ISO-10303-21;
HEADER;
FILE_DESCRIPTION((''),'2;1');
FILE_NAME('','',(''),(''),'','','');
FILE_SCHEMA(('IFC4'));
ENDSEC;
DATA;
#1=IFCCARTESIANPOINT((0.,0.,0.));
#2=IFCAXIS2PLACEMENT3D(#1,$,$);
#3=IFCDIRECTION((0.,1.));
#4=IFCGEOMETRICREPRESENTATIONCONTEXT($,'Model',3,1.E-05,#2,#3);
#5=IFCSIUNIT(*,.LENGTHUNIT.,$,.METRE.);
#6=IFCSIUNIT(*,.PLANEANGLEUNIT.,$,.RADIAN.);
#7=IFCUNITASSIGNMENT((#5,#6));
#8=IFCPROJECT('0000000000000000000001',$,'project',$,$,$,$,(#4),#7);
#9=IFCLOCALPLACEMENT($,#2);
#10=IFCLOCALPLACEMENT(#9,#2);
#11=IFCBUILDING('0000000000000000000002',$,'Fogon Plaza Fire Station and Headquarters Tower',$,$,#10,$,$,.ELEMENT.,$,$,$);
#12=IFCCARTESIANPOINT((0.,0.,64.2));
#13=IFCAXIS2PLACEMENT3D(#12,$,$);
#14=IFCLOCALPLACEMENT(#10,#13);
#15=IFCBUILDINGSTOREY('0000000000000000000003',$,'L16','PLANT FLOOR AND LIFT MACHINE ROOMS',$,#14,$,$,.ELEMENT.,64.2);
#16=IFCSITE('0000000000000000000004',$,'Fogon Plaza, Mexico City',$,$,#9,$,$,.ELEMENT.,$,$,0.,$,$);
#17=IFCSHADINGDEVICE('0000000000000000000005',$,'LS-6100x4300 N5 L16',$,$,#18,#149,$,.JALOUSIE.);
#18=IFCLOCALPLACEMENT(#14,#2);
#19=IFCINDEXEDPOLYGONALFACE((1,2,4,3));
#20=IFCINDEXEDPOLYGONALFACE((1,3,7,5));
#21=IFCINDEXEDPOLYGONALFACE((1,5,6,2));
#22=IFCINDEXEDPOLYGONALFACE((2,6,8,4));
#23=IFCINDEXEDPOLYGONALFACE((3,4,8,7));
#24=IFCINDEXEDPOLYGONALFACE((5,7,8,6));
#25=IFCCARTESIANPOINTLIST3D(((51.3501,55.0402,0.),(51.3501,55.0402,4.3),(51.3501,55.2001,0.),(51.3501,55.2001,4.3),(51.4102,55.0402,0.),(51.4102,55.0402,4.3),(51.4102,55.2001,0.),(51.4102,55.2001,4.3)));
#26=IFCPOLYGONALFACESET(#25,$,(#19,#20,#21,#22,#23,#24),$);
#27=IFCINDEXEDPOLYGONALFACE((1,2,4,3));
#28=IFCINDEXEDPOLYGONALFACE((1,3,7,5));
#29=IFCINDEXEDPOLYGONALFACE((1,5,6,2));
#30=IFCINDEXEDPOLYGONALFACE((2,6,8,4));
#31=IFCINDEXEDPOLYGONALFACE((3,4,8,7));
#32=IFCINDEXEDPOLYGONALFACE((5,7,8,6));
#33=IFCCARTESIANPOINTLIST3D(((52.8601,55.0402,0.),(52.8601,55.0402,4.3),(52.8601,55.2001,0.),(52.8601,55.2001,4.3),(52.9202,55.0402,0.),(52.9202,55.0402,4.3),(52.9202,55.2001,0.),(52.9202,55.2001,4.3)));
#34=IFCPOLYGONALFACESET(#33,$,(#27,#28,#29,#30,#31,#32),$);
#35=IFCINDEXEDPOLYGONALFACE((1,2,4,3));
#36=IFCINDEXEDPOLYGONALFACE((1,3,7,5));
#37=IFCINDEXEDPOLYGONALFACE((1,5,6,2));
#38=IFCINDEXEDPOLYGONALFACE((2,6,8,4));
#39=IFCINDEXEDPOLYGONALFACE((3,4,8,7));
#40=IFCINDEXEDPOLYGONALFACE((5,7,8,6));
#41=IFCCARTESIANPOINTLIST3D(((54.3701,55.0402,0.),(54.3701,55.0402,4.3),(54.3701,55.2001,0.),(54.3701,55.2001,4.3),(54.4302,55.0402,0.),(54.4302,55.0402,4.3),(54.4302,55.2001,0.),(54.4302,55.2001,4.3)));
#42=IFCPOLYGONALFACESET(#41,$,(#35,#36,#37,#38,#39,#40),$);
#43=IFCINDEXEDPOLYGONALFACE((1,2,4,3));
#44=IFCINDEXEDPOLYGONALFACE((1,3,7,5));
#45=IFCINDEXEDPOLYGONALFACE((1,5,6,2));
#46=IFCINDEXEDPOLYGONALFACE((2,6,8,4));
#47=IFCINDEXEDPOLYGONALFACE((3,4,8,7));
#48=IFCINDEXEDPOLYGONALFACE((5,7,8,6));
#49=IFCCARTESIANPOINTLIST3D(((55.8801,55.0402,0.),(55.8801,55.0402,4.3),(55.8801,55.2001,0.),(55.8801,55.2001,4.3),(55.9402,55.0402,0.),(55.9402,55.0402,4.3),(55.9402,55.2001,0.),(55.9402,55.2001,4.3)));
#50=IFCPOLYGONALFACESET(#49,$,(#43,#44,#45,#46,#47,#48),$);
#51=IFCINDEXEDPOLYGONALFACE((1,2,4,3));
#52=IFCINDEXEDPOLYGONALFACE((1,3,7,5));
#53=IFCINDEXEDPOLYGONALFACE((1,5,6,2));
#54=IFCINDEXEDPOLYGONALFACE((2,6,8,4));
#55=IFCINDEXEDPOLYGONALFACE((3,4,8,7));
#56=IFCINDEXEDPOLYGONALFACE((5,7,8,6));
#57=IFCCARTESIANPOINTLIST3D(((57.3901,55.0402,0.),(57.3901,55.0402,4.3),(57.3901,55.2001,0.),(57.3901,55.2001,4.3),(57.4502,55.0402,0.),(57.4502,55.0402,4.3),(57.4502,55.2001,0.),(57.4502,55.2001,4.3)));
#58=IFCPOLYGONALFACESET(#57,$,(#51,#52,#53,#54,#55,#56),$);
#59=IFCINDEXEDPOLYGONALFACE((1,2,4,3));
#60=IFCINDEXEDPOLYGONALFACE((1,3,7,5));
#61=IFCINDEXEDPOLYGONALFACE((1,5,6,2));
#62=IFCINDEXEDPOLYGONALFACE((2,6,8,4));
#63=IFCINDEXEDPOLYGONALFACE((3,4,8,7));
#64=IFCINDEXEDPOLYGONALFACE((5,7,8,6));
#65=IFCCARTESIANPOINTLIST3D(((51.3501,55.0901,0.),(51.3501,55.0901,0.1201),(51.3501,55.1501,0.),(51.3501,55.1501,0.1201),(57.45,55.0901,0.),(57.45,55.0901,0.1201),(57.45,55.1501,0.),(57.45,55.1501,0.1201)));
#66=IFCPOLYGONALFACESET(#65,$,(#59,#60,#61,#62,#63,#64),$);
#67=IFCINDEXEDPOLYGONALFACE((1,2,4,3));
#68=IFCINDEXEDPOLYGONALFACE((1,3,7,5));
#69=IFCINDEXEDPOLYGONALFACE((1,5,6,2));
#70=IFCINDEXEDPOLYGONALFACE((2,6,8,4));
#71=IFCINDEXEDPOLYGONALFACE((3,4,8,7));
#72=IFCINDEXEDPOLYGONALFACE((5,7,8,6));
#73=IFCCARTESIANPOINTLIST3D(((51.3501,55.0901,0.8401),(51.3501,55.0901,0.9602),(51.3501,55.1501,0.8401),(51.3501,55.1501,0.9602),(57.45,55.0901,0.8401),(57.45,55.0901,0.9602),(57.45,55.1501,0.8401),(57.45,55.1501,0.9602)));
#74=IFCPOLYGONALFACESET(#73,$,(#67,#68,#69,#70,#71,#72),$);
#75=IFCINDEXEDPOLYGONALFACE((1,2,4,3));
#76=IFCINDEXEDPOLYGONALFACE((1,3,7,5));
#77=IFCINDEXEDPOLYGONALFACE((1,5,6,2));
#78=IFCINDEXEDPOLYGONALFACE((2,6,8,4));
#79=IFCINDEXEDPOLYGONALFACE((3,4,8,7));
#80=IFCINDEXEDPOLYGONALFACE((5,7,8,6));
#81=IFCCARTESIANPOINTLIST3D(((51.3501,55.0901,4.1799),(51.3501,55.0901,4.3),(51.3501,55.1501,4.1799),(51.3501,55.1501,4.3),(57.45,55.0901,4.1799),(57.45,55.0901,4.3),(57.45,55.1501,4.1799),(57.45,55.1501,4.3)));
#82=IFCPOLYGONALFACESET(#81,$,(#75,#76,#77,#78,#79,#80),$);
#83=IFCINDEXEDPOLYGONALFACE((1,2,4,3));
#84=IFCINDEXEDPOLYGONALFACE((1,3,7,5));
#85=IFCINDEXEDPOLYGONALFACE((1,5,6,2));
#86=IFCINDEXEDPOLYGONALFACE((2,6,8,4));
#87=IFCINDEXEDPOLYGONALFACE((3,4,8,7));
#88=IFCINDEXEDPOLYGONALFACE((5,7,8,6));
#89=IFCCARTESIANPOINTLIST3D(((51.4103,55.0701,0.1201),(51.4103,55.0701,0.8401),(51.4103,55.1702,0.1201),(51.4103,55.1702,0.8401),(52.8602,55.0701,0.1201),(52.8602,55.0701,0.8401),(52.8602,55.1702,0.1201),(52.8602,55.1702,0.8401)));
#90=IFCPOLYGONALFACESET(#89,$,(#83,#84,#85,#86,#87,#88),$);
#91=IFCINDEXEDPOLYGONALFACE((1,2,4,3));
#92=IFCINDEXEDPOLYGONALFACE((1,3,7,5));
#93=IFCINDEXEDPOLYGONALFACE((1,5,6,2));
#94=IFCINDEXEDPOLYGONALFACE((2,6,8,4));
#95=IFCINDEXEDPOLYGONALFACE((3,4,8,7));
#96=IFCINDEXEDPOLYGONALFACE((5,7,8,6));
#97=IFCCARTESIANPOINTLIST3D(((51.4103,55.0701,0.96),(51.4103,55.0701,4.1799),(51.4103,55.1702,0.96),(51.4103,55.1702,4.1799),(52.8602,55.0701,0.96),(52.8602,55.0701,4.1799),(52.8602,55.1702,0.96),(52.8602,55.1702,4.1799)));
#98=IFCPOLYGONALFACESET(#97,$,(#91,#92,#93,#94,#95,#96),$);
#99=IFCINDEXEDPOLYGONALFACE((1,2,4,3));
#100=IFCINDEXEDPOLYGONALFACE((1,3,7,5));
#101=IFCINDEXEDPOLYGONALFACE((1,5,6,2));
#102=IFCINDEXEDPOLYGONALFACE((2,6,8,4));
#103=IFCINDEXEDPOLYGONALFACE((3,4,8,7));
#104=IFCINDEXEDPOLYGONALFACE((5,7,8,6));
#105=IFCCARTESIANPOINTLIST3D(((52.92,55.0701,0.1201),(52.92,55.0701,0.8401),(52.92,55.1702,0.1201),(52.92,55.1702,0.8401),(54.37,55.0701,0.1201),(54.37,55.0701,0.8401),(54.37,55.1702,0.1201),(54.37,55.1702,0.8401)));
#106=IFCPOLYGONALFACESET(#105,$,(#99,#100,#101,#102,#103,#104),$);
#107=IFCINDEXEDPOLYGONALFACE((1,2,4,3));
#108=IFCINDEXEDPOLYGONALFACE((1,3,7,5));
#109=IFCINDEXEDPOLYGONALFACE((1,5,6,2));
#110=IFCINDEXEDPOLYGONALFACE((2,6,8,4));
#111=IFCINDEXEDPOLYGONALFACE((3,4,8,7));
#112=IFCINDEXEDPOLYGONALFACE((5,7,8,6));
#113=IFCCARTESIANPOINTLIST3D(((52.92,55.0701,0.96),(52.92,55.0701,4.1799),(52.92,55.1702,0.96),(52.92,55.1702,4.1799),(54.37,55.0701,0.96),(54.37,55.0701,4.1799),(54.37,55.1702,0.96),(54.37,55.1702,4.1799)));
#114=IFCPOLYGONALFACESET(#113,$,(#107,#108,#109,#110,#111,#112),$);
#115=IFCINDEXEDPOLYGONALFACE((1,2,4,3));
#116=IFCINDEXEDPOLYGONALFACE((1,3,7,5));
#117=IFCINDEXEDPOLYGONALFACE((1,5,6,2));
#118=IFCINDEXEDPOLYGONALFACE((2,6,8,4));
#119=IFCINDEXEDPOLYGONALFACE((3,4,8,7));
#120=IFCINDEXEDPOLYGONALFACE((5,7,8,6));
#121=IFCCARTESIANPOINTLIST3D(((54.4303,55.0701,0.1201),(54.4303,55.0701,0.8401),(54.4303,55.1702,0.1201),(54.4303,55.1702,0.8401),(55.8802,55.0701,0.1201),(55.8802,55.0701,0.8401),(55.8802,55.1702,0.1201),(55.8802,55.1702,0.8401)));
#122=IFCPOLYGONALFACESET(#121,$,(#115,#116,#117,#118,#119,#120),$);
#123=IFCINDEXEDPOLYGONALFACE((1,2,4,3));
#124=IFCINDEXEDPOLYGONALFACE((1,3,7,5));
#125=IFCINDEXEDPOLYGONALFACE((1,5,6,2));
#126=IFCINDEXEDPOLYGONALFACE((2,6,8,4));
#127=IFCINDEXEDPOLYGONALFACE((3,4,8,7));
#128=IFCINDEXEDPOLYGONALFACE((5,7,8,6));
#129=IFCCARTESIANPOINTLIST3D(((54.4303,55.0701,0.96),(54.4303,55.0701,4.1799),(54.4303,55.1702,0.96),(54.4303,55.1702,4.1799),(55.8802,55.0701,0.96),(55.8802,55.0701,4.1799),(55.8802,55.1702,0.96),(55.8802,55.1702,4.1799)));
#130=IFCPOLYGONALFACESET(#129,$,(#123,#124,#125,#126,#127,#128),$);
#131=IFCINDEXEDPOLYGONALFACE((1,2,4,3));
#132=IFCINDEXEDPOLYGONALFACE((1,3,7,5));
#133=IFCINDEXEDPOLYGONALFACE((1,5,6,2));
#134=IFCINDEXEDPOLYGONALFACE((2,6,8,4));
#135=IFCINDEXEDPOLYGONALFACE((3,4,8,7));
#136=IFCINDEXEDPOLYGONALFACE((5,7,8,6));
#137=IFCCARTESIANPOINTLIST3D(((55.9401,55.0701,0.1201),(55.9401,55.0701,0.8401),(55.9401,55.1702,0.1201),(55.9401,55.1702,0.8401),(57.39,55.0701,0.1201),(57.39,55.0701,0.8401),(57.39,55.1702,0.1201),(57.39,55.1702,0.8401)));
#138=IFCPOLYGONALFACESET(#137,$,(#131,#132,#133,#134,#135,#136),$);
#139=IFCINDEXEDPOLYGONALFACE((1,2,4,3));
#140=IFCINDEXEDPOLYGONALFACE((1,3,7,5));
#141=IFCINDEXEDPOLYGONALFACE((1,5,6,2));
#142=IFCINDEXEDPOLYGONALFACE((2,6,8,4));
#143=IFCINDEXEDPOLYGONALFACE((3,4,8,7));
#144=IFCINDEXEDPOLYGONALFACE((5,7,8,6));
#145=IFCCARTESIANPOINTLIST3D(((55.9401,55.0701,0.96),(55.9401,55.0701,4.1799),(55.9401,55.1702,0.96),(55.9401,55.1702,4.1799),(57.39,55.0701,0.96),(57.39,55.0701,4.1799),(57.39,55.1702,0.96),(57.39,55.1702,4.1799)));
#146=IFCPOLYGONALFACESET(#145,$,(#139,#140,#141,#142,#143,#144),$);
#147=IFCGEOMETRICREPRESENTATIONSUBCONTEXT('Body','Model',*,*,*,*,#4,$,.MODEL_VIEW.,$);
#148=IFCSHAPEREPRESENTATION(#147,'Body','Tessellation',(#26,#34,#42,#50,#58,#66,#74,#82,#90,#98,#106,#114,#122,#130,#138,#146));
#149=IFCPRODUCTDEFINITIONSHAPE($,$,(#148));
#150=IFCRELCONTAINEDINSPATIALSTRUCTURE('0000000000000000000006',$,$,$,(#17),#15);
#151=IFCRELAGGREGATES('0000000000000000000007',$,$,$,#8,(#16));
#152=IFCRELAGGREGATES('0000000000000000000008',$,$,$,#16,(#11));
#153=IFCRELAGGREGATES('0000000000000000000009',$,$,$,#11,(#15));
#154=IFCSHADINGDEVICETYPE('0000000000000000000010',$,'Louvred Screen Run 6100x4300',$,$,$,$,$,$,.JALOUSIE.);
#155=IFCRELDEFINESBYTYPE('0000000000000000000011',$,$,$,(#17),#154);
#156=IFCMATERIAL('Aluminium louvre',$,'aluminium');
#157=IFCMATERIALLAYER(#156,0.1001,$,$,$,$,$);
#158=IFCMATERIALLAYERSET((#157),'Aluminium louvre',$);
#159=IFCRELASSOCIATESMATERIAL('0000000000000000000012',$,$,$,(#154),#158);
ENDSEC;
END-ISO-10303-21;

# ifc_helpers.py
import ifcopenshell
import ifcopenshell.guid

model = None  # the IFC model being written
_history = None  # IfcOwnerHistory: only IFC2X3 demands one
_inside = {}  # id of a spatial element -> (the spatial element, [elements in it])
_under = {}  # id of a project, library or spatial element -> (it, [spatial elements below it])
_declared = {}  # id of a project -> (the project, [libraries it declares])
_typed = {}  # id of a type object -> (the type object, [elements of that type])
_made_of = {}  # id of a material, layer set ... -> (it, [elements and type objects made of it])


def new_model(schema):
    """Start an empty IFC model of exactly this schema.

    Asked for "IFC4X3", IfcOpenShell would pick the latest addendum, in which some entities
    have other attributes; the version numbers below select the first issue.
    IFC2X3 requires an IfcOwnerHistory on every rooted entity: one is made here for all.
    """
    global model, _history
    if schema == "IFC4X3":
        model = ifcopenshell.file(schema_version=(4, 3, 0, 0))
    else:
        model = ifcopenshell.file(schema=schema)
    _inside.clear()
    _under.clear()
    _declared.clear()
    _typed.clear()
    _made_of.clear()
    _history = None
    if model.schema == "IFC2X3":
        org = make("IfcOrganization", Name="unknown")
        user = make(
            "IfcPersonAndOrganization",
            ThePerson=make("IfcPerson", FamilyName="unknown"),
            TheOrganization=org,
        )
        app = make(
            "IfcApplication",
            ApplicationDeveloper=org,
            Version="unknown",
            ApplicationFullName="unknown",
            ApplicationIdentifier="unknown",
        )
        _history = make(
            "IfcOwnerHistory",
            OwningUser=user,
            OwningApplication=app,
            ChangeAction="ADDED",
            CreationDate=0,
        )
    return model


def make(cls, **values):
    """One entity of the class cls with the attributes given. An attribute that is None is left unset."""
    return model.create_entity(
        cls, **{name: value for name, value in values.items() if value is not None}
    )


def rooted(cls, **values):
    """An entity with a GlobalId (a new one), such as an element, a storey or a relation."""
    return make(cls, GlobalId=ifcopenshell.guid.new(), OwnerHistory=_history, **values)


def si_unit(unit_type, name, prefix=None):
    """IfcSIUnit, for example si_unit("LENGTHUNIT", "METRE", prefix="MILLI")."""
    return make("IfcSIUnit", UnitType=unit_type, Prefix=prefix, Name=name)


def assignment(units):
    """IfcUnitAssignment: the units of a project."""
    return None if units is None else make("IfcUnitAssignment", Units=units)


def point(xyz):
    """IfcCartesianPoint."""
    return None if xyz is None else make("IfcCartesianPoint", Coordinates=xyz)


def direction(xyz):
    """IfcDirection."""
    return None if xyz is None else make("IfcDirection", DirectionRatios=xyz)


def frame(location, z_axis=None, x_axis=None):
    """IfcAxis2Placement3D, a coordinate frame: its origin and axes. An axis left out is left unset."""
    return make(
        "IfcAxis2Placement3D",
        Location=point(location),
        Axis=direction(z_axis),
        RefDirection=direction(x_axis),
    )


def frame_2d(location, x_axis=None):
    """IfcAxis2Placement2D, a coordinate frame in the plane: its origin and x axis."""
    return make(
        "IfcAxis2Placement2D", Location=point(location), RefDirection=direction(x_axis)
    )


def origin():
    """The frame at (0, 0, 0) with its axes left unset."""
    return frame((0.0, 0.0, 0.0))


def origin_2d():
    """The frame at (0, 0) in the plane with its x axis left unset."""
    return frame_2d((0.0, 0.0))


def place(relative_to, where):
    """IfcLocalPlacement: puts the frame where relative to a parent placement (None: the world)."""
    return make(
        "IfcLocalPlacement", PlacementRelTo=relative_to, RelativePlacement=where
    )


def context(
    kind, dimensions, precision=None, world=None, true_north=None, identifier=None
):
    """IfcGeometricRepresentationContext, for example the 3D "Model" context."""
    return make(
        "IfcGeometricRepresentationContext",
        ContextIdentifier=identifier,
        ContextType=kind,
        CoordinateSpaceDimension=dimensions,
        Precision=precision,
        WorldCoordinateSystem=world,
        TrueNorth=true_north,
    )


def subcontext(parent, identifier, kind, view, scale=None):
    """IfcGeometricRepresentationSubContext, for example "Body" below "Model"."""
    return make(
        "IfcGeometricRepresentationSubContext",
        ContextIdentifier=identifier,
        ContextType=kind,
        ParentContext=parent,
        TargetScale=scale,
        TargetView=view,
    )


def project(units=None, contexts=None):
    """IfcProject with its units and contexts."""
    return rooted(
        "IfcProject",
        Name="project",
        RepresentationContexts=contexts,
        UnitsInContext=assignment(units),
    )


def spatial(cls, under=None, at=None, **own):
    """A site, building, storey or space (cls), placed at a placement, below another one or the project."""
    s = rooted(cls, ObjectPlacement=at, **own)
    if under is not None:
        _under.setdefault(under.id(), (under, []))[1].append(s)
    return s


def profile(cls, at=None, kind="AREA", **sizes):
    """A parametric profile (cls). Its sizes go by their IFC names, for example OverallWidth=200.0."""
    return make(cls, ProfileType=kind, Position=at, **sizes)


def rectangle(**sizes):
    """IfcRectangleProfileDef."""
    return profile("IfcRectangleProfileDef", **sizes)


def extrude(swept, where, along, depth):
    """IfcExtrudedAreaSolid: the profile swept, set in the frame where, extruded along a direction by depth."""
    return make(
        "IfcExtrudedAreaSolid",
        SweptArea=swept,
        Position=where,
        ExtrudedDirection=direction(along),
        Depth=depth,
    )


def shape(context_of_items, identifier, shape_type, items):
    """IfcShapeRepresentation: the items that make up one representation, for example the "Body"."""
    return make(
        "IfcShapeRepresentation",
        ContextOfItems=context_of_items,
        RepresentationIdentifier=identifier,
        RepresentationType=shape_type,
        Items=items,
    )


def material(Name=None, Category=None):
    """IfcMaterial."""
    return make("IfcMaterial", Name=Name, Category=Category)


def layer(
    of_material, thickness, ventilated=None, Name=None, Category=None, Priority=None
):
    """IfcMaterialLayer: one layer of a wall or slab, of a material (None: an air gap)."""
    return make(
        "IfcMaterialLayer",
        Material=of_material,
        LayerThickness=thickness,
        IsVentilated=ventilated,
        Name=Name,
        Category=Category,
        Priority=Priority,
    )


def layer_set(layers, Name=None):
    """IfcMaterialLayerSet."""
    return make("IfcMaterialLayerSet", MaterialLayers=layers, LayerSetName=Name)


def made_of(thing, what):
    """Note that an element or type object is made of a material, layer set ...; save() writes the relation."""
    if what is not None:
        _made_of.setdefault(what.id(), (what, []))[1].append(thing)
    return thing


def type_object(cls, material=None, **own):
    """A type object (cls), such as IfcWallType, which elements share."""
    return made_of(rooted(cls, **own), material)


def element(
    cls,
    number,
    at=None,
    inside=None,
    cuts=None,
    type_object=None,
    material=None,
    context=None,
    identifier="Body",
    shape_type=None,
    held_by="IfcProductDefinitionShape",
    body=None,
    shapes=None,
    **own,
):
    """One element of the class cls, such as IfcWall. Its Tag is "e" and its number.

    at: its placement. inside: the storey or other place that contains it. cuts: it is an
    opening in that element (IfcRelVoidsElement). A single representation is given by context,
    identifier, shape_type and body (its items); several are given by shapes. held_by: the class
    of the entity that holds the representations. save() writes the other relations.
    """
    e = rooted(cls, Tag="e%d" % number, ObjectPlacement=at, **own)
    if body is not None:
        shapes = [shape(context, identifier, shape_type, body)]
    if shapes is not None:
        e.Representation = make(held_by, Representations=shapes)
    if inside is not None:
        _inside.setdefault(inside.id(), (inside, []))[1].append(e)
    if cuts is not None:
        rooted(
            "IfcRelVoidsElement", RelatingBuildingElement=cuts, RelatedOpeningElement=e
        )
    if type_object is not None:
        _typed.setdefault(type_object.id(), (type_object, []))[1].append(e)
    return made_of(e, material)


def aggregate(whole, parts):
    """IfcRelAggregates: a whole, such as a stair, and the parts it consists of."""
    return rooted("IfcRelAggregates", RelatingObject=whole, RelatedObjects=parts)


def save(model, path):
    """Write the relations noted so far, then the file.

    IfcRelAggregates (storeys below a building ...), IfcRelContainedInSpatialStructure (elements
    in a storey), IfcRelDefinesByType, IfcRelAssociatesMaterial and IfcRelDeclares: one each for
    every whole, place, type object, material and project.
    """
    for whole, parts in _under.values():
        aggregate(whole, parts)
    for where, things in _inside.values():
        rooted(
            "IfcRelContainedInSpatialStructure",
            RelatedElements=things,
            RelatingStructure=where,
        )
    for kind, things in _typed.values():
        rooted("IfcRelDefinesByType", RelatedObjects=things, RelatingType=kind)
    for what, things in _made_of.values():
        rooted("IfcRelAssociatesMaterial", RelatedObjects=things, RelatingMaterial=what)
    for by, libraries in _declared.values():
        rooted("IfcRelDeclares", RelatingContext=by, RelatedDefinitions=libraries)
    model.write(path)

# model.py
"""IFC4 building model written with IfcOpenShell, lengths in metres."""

from ifc_helpers import new_model, si_unit, direction, frame, origin, origin_2d, place, context, subcontext, project, spatial, rectangle, extrude, material, layer, layer_set, type_object, element, save


model = new_model("IFC4")

# Units and contexts
model_context = context("Model", 3, precision=1e-05, world=origin(), true_north=direction((0.0, 1.0)))
body_context = subcontext(model_context, "Body", "Model", "MODEL_VIEW")
ifc_project = project(units=[si_unit("LENGTHUNIT", "METRE"), si_unit("PLANEANGLEUNIT", "RADIAN")], contexts=[model_context])

# Site, building, storey
site_placement = place(None, origin())
site = spatial("IfcSite", under=ifc_project, at=site_placement, Name="Fogon Plaza, Mexico City", CompositionType="ELEMENT", RefElevation=0.0)
building_placement = place(site_placement, origin())
building = spatial("IfcBuilding", under=site, at=building_placement, Name="Fogon Plaza Fire Station and Headquarters Tower", CompositionType="ELEMENT")
storey_placement = place(building_placement, frame((0.0, 0.0, 64.2)))
storey = spatial("IfcBuildingStorey", under=building, at=storey_placement, Name="L16", Description="PLANT FLOOR AND LIFT MACHINE ROOMS", CompositionType="ELEMENT", Elevation=64.2)

# Shading device
ifc_material_1 = material(Name="Aluminium louvre", Category="aluminium")
ifc_layer_1 = layer(ifc_material_1, 0.1001)
ifc_layer_set_1 = layer_set([ifc_layer_1], Name="Aluminium louvre")
shading_device_type = type_object("IfcShadingDeviceType", Name="Louvred Screen Run 6100x4300", PredefinedType="JALOUSIE", material=ifc_layer_set_1)
shading_device_placement = place(storey_placement, frame((51.3501, 55.1201, 0.0), z_axis=(0.0, 0.0, 1.0), x_axis=(1.0, 0.0, 0.0)))
element("IfcShadingDevice", 1, at=shading_device_placement, inside=storey, type_object=shading_device_type, Name="LS-6100x4300 N5 L16", PredefinedType="JALOUSIE", context=body_context, shape_type="SweptSolid", body=[
    extrude(rectangle(XDim=0.0601, YDim=0.1599, at=origin_2d()), frame((0.03, 0.0, 0.0), z_axis=(0.0, 0.0, 1.0), x_axis=(1.0, 0.0, 0.0)), (0.0, 0.0, 1.0), 4.3),
    extrude(rectangle(XDim=0.0601, YDim=0.1599, at=origin_2d()), frame((1.54, 0.0, 0.0), z_axis=(0.0, 0.0, 1.0), x_axis=(1.0, 0.0, 0.0)), (0.0, 0.0, 1.0), 4.3),
    extrude(rectangle(XDim=0.0601, YDim=0.1599, at=origin_2d()), frame((3.05, 0.0, 0.0), z_axis=(0.0, 0.0, 1.0), x_axis=(1.0, 0.0, 0.0)), (0.0, 0.0, 1.0), 4.3),
    extrude(rectangle(XDim=0.0601, YDim=0.1599, at=origin_2d()), frame((4.5601, 0.0, 0.0), z_axis=(0.0, 0.0, 1.0), x_axis=(1.0, 0.0, 0.0)), (0.0, 0.0, 1.0), 4.3),
    extrude(rectangle(XDim=0.0601, YDim=0.1599, at=origin_2d()), frame((6.0701, 0.0, 0.0), z_axis=(0.0, 0.0, 1.0), x_axis=(1.0, 0.0, 0.0)), (0.0, 0.0, 1.0), 4.3),
    extrude(rectangle(XDim=0.1201, YDim=0.0601, at=origin_2d()), frame((0.0, 0.0, 0.0601), z_axis=(1.0, 0.0, 0.0), x_axis=(0.0, 0.0, 1.0)), (0.0, 0.0, 1.0), 6.0999),
    extrude(rectangle(XDim=0.1201, YDim=0.0601, at=origin_2d()), frame((0.0, 0.0, 0.9001), z_axis=(1.0, 0.0, 0.0), x_axis=(0.0, 0.0, 1.0)), (0.0, 0.0, 1.0), 6.0999),
    extrude(rectangle(XDim=0.1201, YDim=0.0601, at=origin_2d()), frame((0.0, 0.0, 4.24), z_axis=(1.0, 0.0, 0.0), x_axis=(0.0, 0.0, 1.0)), (0.0, 0.0, 1.0), 6.0999),
    extrude(rectangle(XDim=1.45, YDim=0.1001, at=origin_2d()), frame((0.7852, 0.0, 0.1201), z_axis=(0.0, 0.0, 1.0), x_axis=(1.0, 0.0, 0.0)), (0.0, 0.0, 1.0), 0.72),
    extrude(rectangle(XDim=1.45, YDim=0.1001, at=origin_2d()), frame((0.7852, 0.0, 0.96), z_axis=(0.0, 0.0, 1.0), x_axis=(1.0, 0.0, 0.0)), (0.0, 0.0, 1.0), 3.22),
    extrude(rectangle(XDim=1.45, YDim=0.1001, at=origin_2d()), frame((2.2949, 0.0, 0.1201), z_axis=(0.0, 0.0, 1.0), x_axis=(1.0, 0.0, 0.0)), (0.0, 0.0, 1.0), 0.72),
    extrude(rectangle(XDim=1.45, YDim=0.1001, at=origin_2d()), frame((2.2949, 0.0, 0.96), z_axis=(0.0, 0.0, 1.0), x_axis=(1.0, 0.0, 0.0)), (0.0, 0.0, 1.0), 3.22),
    extrude(rectangle(XDim=1.45, YDim=0.1001, at=origin_2d()), frame((3.8052, 0.0, 0.1201), z_axis=(0.0, 0.0, 1.0), x_axis=(1.0, 0.0, 0.0)), (0.0, 0.0, 1.0), 0.72),
    extrude(rectangle(XDim=1.45, YDim=0.1001, at=origin_2d()), frame((3.8052, 0.0, 0.96), z_axis=(0.0, 0.0, 1.0), x_axis=(1.0, 0.0, 0.0)), (0.0, 0.0, 1.0), 3.22),
    extrude(rectangle(XDim=1.45, YDim=0.1001, at=origin_2d()), frame((5.3149, 0.0, 0.1201), z_axis=(0.0, 0.0, 1.0), x_axis=(1.0, 0.0, 0.0)), (0.0, 0.0, 1.0), 0.72),
    extrude(rectangle(XDim=1.45, YDim=0.1001, at=origin_2d()), frame((5.3149, 0.0, 0.96), z_axis=(0.0, 0.0, 1.0), x_axis=(1.0, 0.0, 0.0)), (0.0, 0.0, 1.0), 3.22),
])

save(model, "model.ifc")
